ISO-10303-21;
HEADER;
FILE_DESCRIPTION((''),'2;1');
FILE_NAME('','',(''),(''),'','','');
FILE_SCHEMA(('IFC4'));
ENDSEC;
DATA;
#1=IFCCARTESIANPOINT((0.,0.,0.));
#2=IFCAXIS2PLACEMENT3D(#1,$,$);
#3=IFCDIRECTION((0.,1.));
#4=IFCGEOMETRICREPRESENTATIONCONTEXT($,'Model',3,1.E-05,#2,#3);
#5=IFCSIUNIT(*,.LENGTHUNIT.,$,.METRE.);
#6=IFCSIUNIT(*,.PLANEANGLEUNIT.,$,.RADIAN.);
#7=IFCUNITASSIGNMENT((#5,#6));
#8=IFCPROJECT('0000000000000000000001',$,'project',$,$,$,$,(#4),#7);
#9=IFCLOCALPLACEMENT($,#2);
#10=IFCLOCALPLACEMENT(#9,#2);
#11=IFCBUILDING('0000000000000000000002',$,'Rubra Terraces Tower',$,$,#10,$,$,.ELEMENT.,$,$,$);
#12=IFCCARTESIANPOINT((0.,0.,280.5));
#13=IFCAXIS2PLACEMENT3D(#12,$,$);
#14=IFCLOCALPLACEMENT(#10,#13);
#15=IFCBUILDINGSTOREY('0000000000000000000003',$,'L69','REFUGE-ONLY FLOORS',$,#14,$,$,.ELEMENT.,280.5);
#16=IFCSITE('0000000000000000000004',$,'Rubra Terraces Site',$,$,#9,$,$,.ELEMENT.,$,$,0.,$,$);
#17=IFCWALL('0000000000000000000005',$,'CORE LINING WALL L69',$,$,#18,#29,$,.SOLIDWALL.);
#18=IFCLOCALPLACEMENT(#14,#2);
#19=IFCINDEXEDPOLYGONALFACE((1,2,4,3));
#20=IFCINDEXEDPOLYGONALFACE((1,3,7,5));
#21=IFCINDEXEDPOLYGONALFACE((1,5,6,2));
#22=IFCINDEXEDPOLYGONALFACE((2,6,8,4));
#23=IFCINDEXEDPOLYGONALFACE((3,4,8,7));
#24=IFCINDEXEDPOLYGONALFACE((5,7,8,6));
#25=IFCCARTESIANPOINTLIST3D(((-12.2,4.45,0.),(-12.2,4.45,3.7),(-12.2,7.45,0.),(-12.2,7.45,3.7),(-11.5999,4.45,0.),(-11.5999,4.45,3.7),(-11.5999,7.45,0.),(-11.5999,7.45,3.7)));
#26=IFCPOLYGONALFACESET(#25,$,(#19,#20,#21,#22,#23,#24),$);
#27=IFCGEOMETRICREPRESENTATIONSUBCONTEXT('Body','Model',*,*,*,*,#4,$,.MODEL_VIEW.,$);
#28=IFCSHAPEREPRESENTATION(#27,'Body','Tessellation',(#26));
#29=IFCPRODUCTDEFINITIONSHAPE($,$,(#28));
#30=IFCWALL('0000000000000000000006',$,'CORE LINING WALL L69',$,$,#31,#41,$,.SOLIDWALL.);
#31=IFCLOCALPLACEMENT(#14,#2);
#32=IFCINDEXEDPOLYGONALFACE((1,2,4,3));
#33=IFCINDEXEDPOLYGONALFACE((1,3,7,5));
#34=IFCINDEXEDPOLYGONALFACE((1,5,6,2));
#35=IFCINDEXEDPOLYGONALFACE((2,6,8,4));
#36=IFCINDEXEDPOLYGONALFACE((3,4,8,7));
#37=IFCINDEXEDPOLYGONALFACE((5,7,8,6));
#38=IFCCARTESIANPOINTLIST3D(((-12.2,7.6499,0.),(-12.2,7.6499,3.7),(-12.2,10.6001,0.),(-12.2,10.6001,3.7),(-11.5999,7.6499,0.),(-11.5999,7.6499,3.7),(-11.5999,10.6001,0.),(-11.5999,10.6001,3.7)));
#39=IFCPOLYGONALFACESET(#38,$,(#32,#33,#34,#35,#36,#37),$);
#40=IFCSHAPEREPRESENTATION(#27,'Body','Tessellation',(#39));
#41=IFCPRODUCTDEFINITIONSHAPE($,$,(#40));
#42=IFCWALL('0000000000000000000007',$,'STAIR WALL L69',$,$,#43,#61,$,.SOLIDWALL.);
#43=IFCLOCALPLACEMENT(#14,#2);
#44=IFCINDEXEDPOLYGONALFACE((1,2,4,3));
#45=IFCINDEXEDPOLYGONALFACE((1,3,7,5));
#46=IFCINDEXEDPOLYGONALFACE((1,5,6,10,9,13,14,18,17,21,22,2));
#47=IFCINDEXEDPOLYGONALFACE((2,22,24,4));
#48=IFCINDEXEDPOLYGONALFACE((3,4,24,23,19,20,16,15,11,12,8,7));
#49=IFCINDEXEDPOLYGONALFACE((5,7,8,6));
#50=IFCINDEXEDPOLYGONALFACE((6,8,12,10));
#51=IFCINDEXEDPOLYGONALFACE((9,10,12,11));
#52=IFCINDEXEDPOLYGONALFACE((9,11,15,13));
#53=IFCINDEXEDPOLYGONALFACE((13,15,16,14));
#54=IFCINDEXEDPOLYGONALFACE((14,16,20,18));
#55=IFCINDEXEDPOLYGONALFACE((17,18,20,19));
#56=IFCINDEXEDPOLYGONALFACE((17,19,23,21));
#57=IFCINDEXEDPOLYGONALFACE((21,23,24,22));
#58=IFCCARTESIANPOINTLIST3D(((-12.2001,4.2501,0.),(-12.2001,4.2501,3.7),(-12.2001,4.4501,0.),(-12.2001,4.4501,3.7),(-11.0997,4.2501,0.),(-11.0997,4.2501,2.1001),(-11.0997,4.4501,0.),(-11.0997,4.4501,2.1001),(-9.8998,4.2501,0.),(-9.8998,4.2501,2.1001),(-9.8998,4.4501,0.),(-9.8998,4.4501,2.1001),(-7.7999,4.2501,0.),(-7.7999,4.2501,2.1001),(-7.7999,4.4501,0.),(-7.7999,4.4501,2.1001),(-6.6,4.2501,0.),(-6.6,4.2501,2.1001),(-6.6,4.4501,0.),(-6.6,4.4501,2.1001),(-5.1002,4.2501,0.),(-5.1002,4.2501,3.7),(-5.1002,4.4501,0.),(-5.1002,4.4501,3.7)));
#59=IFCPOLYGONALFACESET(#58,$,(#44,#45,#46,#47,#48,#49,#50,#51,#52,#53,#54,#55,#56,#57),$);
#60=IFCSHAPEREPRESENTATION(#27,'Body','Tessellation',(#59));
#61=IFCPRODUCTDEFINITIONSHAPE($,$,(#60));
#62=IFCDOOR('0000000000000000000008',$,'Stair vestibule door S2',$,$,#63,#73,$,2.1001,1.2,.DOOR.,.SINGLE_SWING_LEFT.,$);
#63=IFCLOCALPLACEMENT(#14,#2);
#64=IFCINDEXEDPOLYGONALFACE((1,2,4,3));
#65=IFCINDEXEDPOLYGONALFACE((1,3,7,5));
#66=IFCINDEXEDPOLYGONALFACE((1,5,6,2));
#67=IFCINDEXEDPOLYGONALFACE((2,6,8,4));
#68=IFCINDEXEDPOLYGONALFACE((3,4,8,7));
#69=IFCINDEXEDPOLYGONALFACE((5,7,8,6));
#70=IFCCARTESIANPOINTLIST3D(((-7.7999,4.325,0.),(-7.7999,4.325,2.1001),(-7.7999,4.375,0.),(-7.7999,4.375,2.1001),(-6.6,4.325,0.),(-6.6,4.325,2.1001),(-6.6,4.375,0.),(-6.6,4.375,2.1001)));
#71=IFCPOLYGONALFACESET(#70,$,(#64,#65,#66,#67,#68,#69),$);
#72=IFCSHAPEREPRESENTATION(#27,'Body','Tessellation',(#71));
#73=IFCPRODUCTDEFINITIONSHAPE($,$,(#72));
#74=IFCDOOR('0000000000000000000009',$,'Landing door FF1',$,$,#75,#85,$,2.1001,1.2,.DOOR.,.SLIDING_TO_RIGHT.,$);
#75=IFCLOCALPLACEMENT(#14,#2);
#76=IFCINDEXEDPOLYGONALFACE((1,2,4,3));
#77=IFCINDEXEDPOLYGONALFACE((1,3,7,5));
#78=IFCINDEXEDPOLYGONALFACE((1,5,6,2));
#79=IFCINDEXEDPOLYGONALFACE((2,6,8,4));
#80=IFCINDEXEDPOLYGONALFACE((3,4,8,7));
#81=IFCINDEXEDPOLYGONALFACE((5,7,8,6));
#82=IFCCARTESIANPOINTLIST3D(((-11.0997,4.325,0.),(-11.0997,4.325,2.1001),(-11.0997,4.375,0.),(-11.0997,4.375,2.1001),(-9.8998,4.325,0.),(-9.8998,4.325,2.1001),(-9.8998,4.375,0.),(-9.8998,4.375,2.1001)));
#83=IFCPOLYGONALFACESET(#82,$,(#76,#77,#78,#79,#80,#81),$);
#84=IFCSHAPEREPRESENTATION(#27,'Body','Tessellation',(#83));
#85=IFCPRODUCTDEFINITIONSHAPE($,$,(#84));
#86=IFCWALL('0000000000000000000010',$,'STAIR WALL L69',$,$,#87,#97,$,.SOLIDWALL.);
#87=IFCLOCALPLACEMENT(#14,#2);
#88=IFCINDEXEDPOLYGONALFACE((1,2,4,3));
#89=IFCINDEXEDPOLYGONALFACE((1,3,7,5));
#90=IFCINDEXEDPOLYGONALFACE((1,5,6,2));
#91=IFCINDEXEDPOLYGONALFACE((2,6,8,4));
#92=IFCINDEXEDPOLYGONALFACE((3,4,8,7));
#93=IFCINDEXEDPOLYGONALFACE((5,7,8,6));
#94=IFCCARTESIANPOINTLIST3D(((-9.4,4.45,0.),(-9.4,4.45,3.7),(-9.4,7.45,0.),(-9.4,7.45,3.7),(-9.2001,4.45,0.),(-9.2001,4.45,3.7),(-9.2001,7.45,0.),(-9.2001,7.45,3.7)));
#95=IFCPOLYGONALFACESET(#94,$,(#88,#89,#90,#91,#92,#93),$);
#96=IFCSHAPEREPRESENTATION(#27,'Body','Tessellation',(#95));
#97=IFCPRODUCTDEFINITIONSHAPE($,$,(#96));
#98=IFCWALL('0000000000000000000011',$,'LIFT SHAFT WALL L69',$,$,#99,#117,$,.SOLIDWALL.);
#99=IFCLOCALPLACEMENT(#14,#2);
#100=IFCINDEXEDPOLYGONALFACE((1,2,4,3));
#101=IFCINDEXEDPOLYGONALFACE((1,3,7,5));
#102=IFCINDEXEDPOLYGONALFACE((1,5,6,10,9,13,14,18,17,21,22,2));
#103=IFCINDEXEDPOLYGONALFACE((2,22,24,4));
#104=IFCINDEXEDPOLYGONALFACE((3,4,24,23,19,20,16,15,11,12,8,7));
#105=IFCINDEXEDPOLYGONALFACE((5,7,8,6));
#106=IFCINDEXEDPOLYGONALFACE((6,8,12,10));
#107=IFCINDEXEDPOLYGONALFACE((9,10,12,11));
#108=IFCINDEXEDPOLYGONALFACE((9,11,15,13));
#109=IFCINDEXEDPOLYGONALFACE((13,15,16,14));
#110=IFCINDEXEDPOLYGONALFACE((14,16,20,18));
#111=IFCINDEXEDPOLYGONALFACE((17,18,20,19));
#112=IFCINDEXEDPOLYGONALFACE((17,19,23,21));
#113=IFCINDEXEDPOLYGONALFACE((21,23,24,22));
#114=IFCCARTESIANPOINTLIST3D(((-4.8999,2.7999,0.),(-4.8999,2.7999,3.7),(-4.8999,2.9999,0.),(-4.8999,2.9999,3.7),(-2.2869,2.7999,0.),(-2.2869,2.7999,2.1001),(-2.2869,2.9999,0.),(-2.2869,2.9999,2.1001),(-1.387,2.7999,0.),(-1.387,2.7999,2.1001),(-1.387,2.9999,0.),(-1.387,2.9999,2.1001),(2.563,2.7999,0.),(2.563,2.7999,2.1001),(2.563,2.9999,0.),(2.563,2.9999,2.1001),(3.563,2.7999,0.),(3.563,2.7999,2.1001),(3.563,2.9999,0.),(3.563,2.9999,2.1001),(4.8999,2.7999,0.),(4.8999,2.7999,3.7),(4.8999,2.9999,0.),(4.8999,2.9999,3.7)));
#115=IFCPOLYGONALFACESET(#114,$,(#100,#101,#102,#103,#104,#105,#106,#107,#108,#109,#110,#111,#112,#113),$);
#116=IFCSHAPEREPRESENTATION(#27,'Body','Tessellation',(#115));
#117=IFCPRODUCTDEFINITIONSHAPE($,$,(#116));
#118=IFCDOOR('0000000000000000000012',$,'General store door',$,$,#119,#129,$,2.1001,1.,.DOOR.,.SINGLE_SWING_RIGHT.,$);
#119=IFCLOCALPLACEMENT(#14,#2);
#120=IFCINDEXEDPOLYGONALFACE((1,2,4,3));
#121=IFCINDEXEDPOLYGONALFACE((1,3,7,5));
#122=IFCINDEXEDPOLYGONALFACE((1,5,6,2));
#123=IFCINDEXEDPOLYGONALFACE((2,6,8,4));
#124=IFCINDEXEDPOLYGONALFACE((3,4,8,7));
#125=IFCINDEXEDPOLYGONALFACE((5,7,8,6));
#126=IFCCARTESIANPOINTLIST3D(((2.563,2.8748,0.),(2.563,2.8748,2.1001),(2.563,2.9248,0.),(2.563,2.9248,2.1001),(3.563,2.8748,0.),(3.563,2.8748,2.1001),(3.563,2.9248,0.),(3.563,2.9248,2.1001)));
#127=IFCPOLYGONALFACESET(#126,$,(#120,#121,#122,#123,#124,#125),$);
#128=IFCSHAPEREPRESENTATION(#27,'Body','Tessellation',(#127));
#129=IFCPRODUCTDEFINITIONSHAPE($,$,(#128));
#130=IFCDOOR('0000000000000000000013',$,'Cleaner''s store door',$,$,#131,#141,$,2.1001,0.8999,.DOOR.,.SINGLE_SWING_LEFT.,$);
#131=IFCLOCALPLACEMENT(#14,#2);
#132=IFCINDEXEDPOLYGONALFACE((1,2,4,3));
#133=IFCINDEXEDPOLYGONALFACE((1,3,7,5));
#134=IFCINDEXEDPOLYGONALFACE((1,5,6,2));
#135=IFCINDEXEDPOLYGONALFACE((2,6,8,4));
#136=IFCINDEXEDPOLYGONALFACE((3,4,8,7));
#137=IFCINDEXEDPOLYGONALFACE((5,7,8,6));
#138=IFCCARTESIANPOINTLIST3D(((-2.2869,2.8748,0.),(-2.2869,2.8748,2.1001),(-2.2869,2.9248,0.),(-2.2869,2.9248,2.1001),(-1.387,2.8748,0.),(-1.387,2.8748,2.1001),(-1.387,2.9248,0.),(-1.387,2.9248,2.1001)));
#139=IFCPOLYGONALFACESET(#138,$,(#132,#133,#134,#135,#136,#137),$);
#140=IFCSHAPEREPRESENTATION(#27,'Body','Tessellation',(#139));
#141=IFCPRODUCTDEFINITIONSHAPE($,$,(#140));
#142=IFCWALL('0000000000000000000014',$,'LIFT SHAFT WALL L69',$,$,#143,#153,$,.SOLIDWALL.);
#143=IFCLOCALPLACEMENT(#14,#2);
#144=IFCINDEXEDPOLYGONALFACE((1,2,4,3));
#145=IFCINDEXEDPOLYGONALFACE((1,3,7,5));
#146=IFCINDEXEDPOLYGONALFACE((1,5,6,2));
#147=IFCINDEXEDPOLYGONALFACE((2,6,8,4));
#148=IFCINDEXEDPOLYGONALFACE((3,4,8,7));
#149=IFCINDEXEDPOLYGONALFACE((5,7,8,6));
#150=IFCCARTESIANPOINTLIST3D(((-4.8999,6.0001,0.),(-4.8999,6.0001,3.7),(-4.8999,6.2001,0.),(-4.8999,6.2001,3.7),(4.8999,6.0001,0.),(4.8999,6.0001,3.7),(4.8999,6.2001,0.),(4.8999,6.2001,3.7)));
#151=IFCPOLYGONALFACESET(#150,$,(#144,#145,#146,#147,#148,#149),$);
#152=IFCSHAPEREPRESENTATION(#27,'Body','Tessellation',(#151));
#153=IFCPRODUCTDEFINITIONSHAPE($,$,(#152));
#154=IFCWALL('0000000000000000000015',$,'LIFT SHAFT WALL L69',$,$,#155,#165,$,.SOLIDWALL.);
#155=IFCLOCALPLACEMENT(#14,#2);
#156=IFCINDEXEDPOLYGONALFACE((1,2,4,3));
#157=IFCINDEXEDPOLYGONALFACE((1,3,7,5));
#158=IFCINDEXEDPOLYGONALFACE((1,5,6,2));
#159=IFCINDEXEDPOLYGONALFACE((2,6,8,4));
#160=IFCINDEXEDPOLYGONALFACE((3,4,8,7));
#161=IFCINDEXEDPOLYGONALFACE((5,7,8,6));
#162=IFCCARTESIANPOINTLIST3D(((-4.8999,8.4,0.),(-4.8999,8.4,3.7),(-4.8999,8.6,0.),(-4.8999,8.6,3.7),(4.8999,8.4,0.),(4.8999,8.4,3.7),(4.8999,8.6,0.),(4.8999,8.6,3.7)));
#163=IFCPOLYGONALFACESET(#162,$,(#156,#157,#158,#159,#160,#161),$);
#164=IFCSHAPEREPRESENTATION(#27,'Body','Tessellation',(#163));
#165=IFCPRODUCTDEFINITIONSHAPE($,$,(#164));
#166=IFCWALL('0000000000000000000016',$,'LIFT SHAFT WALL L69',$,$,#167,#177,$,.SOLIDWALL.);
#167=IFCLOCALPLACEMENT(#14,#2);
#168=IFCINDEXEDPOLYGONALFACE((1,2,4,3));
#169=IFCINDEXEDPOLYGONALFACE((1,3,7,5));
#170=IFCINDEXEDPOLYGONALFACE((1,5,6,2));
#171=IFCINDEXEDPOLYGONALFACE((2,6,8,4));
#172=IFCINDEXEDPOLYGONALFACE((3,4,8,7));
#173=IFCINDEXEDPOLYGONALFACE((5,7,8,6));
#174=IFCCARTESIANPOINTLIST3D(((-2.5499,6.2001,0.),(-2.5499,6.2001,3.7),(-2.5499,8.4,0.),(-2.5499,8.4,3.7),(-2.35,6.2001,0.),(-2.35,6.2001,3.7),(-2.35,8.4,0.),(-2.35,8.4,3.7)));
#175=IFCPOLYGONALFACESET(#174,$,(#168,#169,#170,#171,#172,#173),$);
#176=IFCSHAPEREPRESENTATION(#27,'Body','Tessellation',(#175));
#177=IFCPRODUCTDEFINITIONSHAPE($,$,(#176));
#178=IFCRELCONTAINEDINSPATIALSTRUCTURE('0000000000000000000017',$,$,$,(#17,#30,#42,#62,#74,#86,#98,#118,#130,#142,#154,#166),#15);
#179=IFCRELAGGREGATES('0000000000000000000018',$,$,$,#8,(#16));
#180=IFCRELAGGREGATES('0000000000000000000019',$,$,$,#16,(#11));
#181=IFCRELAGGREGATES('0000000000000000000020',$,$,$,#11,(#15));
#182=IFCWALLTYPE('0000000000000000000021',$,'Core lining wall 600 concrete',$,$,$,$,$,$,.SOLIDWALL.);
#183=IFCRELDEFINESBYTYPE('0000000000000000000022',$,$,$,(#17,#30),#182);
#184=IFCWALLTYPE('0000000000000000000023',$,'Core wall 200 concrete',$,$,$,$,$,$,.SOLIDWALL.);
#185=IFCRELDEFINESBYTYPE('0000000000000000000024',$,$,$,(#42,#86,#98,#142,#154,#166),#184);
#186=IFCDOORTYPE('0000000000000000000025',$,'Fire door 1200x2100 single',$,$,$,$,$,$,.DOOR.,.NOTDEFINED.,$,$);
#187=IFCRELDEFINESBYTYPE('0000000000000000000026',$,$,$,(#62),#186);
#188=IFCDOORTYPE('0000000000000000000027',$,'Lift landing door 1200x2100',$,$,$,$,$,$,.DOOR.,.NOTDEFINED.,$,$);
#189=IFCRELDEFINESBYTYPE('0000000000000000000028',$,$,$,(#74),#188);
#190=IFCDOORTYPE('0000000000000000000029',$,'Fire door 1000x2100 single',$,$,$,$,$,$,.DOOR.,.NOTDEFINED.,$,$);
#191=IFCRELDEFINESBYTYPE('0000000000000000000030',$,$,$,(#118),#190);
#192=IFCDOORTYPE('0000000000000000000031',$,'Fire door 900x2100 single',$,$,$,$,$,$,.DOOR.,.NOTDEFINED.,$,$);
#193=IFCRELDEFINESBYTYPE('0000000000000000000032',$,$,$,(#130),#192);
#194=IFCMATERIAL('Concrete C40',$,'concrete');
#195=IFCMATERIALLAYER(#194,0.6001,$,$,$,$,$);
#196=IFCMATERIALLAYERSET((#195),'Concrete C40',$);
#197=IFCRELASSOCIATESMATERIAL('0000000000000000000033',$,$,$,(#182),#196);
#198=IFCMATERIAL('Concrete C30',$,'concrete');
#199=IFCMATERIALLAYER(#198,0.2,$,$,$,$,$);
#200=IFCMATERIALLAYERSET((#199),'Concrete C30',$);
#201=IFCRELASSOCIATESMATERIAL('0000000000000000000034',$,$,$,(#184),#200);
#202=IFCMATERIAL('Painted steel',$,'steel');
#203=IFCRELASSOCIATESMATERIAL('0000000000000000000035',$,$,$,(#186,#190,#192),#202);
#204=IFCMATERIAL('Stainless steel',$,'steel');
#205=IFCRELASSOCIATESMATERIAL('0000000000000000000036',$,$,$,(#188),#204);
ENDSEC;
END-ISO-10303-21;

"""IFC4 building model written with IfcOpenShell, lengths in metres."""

from ifc_helpers import new_model, si_unit, direction, frame, frame_2d, origin, place, context, subcontext, project, spatial, rectangle, extrude, material, layer, layer_set, type_object, element, fill, save


model = new_model("IFC4")

# Units and contexts
model_context = context("Model", 3, precision=1e-05, world=origin(), true_north=direction((0.0, 1.0)))
body_context = subcontext(model_context, "Body", "Model", "MODEL_VIEW")
ifc_project = project(units=[si_unit("LENGTHUNIT", "METRE"), si_unit("PLANEANGLEUNIT", "RADIAN")], contexts=[model_context])

# Site, building, storey
site_placement = place(None, origin())
site = spatial("IfcSite", under=ifc_project, at=site_placement, Name="Rubra Terraces Site", CompositionType="ELEMENT", RefElevation=0.0)
building_placement = place(site_placement, origin())
building = spatial("IfcBuilding", under=site, at=building_placement, Name="Rubra Terraces Tower", CompositionType="ELEMENT")
storey_placement = place(building_placement, frame((0.0, 0.0, 280.5)))
storey = spatial("IfcBuildingStorey", under=building, at=storey_placement, Name="L69", Description="REFUGE-ONLY FLOORS", CompositionType="ELEMENT", Elevation=280.5)

# Walls
ifc_material_1 = material(Name="Concrete C40", Category="concrete")
ifc_layer_1 = layer(ifc_material_1, 0.6001)
ifc_layer_set_1 = layer_set([ifc_layer_1], Name="Concrete C40")
wall_type_1 = type_object("IfcWallType", Name="Core lining wall 600 concrete", PredefinedType="SOLIDWALL", material=ifc_layer_set_1)
wall_1_placement = place(storey_placement, frame((-11.8999, 4.45, 0.0), z_axis=(0.0, 0.0, 1.0), x_axis=(0.0, 1.0, 0.0)))
element("IfcWall", 1, at=wall_1_placement, inside=storey, type_object=wall_type_1, Name="CORE LINING WALL L69", PredefinedType="SOLIDWALL", context=body_context, shape_type="SweptSolid", body=[
    extrude(rectangle(XDim=3.0, YDim=0.6001, at=frame_2d((1.5, 0.0))), origin(), (0.0, 0.0, 1.0), 3.7),
])
wall_2_placement = place(storey_placement, frame((-11.8999, 7.6499, 0.0), z_axis=(0.0, 0.0, 1.0), x_axis=(0.0, 1.0, 0.0)))
element("IfcWall", 2, at=wall_2_placement, inside=storey, type_object=wall_type_1, Name="CORE LINING WALL L69", PredefinedType="SOLIDWALL", context=body_context, shape_type="SweptSolid", body=[
    extrude(rectangle(XDim=2.9502, YDim=0.6001, at=frame_2d((1.4751, 0.0))), origin(), (0.0, 0.0, 1.0), 3.7),
])

# Wall, openings, doors
ifc_material_2 = material(Name="Concrete C30", Category="concrete")
ifc_layer_2 = layer(ifc_material_2, 0.2)
ifc_layer_set_2 = layer_set([ifc_layer_2], Name="Concrete C30")
wall_type_2 = type_object("IfcWallType", Name="Core wall 200 concrete", PredefinedType="SOLIDWALL", material=ifc_layer_set_2)
wall_3_placement = place(storey_placement, frame((-12.2, 4.3501, 0.0), z_axis=(0.0, 0.0, 1.0), x_axis=(1.0, 0.0, 0.0)))
wall_3 = element("IfcWall", 3, at=wall_3_placement, inside=storey, type_object=wall_type_2, Name="STAIR WALL L69", PredefinedType="SOLIDWALL", context=body_context, shape_type="SweptSolid", body=[
    extrude(rectangle(XDim=7.0999, YDim=0.2, at=frame_2d((3.5498, 0.0))), origin(), (0.0, 0.0, 1.0), 3.7),
])
opening_1_placement = place(wall_3_placement, frame((4.3999, 0.0, 0.0)))
opening_1 = element("IfcOpeningElement", 4, at=opening_1_placement, cuts=wall_3, PredefinedType="OPENING", context=body_context, shape_type="SweptSolid", body=[
    extrude(rectangle(XDim=1.2, YDim=2.1001, at=frame_2d((0.6001, 1.05))), frame((0.0, 0.1099, 0.0), z_axis=(0.0, -1.0, 0.0), x_axis=(1.0, 0.0, 0.0)), (0.0, 0.0, 1.0), 0.22),
])
opening_2_placement = place(wall_3_placement, frame((1.1001, 0.0, 0.0)))
opening_2 = element("IfcOpeningElement", 5, at=opening_2_placement, cuts=wall_3, PredefinedType="OPENING", context=body_context, shape_type="SweptSolid", body=[
    extrude(rectangle(XDim=1.2, YDim=2.1001, at=frame_2d((0.6001, 1.05))), frame((0.0, 0.1099, 0.0), z_axis=(0.0, -1.0, 0.0), x_axis=(1.0, 0.0, 0.0)), (0.0, 0.0, 1.0), 0.22),
])
ifc_material_3 = material(Name="Painted steel", Category="steel")
door_type_1 = type_object("IfcDoorType", Name="Fire door 1200x2100 single", OperationType="NOTDEFINED", PredefinedType="DOOR", material=ifc_material_3)
door_1_placement = place(opening_1_placement, origin())
door_1 = element("IfcDoor", 6, at=door_1_placement, inside=storey, type_object=door_type_1, Name="Stair vestibule door S2", OperationType="SINGLE_SWING_LEFT", OverallHeight=2.1001, OverallWidth=1.2, PredefinedType="DOOR", context=body_context, shape_type="SweptSolid", body=[
    extrude(rectangle(XDim=1.2, YDim=2.1001, at=frame_2d((0.6001, 1.05))), frame((0.0, 0.0249, 0.0), z_axis=(0.0, -1.0, 0.0), x_axis=(1.0, 0.0, 0.0)), (0.0, 0.0, 1.0), 0.05),
])
fill(opening_1, door_1)
ifc_material_4 = material(Name="Stainless steel", Category="steel")
door_type_2 = type_object("IfcDoorType", Name="Lift landing door 1200x2100", OperationType="NOTDEFINED", PredefinedType="DOOR", material=ifc_material_4)
door_2_placement = place(opening_2_placement, origin())
door_2 = element("IfcDoor", 7, at=door_2_placement, inside=storey, type_object=door_type_2, Name="Landing door FF1", OperationType="SLIDING_TO_RIGHT", OverallHeight=2.1001, OverallWidth=1.2, PredefinedType="DOOR", context=body_context, shape_type="SweptSolid", body=[
    extrude(rectangle(XDim=1.2, YDim=2.1001, at=frame_2d((0.6001, 1.05))), frame((0.0, 0.0249, 0.0), z_axis=(0.0, -1.0, 0.0), x_axis=(1.0, 0.0, 0.0)), (0.0, 0.0, 1.0), 0.05),
])
fill(opening_2, door_2)

# Wall
wall_4_placement = place(storey_placement, frame((-9.3, 4.45, 0.0), z_axis=(0.0, 0.0, 1.0), x_axis=(0.0, 1.0, 0.0)))
element("IfcWall", 8, at=wall_4_placement, inside=storey, type_object=wall_type_2, Name="STAIR WALL L69", PredefinedType="SOLIDWALL", context=body_context, shape_type="SweptSolid", body=[
    extrude(rectangle(XDim=3.0, YDim=0.2, at=frame_2d((1.5, 0.0))), origin(), (0.0, 0.0, 1.0), 3.7),
])

# Wall, openings, doors
wall_5_placement = place(storey_placement, frame((-4.8999, 2.8999, 0.0), z_axis=(0.0, 0.0, 1.0), x_axis=(1.0, 0.0, 0.0)))
wall_5 = element("IfcWall", 9, at=wall_5_placement, inside=storey, type_object=wall_type_2, Name="LIFT SHAFT WALL L69", PredefinedType="SOLIDWALL", context=body_context, shape_type="SweptSolid", body=[
    extrude(rectangle(XDim=9.7998, YDim=0.2, at=frame_2d((4.8999, 0.0))), origin(), (0.0, 0.0, 1.0), 3.7),
])
opening_3_placement = place(wall_5_placement, frame((2.613, 0.0, 0.0)))
opening_3 = element("IfcOpeningElement", 10, at=opening_3_placement, cuts=wall_5, PredefinedType="OPENING", context=body_context, shape_type="SweptSolid", body=[
    extrude(rectangle(XDim=0.8999, YDim=2.1001, at=frame_2d((0.45, 1.05))), frame((0.0, 0.1099, 0.0), z_axis=(0.0, -1.0, 0.0), x_axis=(1.0, 0.0, 0.0)), (0.0, 0.0, 1.0), 0.22),
])
opening_4_placement = place(wall_5_placement, frame((7.4629, 0.0, 0.0)))
opening_4 = element("IfcOpeningElement", 11, at=opening_4_placement, cuts=wall_5, PredefinedType="OPENING", context=body_context, shape_type="SweptSolid", body=[
    extrude(rectangle(XDim=1.0, YDim=2.1001, at=frame_2d((0.5, 1.05))), frame((0.0, 0.1099, 0.0), z_axis=(0.0, -1.0, 0.0), x_axis=(1.0, 0.0, 0.0)), (0.0, 0.0, 1.0), 0.22),
])
door_type_3 = type_object("IfcDoorType", Name="Fire door 1000x2100 single", OperationType="NOTDEFINED", PredefinedType="DOOR", material=ifc_material_3)
door_3_placement = place(opening_4_placement, origin())
door_3 = element("IfcDoor", 12, at=door_3_placement, inside=storey, type_object=door_type_3, Name="General store door", OperationType="SINGLE_SWING_RIGHT", OverallHeight=2.1001, OverallWidth=1.0, PredefinedType="DOOR", context=body_context, shape_type="SweptSolid", body=[
    extrude(rectangle(XDim=1.0, YDim=2.1001, at=frame_2d((0.5, 1.05))), frame((0.0, 0.0249, 0.0), z_axis=(0.0, -1.0, 0.0), x_axis=(1.0, 0.0, 0.0)), (0.0, 0.0, 1.0), 0.05),
])
fill(opening_4, door_3)
door_type_4 = type_object("IfcDoorType", Name="Fire door 900x2100 single", OperationType="NOTDEFINED", PredefinedType="DOOR", material=ifc_material_3)
door_4_placement = place(opening_3_placement, origin())
door_4 = element("IfcDoor", 13, at=door_4_placement, inside=storey, type_object=door_type_4, Name="Cleaner's store door", OperationType="SINGLE_SWING_LEFT", OverallHeight=2.1001, OverallWidth=0.8999, PredefinedType="DOOR", context=body_context, shape_type="SweptSolid", body=[
    extrude(rectangle(XDim=0.8999, YDim=2.1001, at=frame_2d((0.45, 1.05))), frame((0.0, 0.0249, 0.0), z_axis=(0.0, -1.0, 0.0), x_axis=(1.0, 0.0, 0.0)), (0.0, 0.0, 1.0), 0.05),
])
fill(opening_3, door_4)

# Walls
for number, where, z_axis, x_axis, name in (
    (14, (-4.8999, 6.1001, 0.0), (0.0, 0.0, 1.0), (1.0, 0.0, 0.0), "LIFT SHAFT WALL L69"),
    (15, (-4.8999, 8.5, 0.0), (0.0, 0.0, 1.0), (1.0, 0.0, 0.0), "LIFT SHAFT WALL L69"),
):
    element("IfcWall", number, at=place(storey_placement, frame(where, z_axis=z_axis, x_axis=x_axis)), inside=storey, type_object=wall_type_2, Name=name, PredefinedType="SOLIDWALL", context=body_context, shape_type="SweptSolid", body=[
        extrude(rectangle(XDim=9.7998, YDim=0.2, at=frame_2d((4.8999, 0.0))), origin(), (0.0, 0.0, 1.0), 3.7),
    ])
wall_6_placement = place(storey_placement, frame((-2.45, 6.2, 0.0), z_axis=(0.0, 0.0, 1.0), x_axis=(0.0, 1.0, 0.0)))
element("IfcWall", 16, at=wall_6_placement, inside=storey, type_object=wall_type_2, Name="LIFT SHAFT WALL L69", PredefinedType="SOLIDWALL", context=body_context, shape_type="SweptSolid", body=[
    extrude(rectangle(XDim=2.2, YDim=0.2, at=frame_2d((1.1001, 0.0))), origin(), (0.0, 0.0, 1.0), 3.7),
])

save(model, "model.ifc")
